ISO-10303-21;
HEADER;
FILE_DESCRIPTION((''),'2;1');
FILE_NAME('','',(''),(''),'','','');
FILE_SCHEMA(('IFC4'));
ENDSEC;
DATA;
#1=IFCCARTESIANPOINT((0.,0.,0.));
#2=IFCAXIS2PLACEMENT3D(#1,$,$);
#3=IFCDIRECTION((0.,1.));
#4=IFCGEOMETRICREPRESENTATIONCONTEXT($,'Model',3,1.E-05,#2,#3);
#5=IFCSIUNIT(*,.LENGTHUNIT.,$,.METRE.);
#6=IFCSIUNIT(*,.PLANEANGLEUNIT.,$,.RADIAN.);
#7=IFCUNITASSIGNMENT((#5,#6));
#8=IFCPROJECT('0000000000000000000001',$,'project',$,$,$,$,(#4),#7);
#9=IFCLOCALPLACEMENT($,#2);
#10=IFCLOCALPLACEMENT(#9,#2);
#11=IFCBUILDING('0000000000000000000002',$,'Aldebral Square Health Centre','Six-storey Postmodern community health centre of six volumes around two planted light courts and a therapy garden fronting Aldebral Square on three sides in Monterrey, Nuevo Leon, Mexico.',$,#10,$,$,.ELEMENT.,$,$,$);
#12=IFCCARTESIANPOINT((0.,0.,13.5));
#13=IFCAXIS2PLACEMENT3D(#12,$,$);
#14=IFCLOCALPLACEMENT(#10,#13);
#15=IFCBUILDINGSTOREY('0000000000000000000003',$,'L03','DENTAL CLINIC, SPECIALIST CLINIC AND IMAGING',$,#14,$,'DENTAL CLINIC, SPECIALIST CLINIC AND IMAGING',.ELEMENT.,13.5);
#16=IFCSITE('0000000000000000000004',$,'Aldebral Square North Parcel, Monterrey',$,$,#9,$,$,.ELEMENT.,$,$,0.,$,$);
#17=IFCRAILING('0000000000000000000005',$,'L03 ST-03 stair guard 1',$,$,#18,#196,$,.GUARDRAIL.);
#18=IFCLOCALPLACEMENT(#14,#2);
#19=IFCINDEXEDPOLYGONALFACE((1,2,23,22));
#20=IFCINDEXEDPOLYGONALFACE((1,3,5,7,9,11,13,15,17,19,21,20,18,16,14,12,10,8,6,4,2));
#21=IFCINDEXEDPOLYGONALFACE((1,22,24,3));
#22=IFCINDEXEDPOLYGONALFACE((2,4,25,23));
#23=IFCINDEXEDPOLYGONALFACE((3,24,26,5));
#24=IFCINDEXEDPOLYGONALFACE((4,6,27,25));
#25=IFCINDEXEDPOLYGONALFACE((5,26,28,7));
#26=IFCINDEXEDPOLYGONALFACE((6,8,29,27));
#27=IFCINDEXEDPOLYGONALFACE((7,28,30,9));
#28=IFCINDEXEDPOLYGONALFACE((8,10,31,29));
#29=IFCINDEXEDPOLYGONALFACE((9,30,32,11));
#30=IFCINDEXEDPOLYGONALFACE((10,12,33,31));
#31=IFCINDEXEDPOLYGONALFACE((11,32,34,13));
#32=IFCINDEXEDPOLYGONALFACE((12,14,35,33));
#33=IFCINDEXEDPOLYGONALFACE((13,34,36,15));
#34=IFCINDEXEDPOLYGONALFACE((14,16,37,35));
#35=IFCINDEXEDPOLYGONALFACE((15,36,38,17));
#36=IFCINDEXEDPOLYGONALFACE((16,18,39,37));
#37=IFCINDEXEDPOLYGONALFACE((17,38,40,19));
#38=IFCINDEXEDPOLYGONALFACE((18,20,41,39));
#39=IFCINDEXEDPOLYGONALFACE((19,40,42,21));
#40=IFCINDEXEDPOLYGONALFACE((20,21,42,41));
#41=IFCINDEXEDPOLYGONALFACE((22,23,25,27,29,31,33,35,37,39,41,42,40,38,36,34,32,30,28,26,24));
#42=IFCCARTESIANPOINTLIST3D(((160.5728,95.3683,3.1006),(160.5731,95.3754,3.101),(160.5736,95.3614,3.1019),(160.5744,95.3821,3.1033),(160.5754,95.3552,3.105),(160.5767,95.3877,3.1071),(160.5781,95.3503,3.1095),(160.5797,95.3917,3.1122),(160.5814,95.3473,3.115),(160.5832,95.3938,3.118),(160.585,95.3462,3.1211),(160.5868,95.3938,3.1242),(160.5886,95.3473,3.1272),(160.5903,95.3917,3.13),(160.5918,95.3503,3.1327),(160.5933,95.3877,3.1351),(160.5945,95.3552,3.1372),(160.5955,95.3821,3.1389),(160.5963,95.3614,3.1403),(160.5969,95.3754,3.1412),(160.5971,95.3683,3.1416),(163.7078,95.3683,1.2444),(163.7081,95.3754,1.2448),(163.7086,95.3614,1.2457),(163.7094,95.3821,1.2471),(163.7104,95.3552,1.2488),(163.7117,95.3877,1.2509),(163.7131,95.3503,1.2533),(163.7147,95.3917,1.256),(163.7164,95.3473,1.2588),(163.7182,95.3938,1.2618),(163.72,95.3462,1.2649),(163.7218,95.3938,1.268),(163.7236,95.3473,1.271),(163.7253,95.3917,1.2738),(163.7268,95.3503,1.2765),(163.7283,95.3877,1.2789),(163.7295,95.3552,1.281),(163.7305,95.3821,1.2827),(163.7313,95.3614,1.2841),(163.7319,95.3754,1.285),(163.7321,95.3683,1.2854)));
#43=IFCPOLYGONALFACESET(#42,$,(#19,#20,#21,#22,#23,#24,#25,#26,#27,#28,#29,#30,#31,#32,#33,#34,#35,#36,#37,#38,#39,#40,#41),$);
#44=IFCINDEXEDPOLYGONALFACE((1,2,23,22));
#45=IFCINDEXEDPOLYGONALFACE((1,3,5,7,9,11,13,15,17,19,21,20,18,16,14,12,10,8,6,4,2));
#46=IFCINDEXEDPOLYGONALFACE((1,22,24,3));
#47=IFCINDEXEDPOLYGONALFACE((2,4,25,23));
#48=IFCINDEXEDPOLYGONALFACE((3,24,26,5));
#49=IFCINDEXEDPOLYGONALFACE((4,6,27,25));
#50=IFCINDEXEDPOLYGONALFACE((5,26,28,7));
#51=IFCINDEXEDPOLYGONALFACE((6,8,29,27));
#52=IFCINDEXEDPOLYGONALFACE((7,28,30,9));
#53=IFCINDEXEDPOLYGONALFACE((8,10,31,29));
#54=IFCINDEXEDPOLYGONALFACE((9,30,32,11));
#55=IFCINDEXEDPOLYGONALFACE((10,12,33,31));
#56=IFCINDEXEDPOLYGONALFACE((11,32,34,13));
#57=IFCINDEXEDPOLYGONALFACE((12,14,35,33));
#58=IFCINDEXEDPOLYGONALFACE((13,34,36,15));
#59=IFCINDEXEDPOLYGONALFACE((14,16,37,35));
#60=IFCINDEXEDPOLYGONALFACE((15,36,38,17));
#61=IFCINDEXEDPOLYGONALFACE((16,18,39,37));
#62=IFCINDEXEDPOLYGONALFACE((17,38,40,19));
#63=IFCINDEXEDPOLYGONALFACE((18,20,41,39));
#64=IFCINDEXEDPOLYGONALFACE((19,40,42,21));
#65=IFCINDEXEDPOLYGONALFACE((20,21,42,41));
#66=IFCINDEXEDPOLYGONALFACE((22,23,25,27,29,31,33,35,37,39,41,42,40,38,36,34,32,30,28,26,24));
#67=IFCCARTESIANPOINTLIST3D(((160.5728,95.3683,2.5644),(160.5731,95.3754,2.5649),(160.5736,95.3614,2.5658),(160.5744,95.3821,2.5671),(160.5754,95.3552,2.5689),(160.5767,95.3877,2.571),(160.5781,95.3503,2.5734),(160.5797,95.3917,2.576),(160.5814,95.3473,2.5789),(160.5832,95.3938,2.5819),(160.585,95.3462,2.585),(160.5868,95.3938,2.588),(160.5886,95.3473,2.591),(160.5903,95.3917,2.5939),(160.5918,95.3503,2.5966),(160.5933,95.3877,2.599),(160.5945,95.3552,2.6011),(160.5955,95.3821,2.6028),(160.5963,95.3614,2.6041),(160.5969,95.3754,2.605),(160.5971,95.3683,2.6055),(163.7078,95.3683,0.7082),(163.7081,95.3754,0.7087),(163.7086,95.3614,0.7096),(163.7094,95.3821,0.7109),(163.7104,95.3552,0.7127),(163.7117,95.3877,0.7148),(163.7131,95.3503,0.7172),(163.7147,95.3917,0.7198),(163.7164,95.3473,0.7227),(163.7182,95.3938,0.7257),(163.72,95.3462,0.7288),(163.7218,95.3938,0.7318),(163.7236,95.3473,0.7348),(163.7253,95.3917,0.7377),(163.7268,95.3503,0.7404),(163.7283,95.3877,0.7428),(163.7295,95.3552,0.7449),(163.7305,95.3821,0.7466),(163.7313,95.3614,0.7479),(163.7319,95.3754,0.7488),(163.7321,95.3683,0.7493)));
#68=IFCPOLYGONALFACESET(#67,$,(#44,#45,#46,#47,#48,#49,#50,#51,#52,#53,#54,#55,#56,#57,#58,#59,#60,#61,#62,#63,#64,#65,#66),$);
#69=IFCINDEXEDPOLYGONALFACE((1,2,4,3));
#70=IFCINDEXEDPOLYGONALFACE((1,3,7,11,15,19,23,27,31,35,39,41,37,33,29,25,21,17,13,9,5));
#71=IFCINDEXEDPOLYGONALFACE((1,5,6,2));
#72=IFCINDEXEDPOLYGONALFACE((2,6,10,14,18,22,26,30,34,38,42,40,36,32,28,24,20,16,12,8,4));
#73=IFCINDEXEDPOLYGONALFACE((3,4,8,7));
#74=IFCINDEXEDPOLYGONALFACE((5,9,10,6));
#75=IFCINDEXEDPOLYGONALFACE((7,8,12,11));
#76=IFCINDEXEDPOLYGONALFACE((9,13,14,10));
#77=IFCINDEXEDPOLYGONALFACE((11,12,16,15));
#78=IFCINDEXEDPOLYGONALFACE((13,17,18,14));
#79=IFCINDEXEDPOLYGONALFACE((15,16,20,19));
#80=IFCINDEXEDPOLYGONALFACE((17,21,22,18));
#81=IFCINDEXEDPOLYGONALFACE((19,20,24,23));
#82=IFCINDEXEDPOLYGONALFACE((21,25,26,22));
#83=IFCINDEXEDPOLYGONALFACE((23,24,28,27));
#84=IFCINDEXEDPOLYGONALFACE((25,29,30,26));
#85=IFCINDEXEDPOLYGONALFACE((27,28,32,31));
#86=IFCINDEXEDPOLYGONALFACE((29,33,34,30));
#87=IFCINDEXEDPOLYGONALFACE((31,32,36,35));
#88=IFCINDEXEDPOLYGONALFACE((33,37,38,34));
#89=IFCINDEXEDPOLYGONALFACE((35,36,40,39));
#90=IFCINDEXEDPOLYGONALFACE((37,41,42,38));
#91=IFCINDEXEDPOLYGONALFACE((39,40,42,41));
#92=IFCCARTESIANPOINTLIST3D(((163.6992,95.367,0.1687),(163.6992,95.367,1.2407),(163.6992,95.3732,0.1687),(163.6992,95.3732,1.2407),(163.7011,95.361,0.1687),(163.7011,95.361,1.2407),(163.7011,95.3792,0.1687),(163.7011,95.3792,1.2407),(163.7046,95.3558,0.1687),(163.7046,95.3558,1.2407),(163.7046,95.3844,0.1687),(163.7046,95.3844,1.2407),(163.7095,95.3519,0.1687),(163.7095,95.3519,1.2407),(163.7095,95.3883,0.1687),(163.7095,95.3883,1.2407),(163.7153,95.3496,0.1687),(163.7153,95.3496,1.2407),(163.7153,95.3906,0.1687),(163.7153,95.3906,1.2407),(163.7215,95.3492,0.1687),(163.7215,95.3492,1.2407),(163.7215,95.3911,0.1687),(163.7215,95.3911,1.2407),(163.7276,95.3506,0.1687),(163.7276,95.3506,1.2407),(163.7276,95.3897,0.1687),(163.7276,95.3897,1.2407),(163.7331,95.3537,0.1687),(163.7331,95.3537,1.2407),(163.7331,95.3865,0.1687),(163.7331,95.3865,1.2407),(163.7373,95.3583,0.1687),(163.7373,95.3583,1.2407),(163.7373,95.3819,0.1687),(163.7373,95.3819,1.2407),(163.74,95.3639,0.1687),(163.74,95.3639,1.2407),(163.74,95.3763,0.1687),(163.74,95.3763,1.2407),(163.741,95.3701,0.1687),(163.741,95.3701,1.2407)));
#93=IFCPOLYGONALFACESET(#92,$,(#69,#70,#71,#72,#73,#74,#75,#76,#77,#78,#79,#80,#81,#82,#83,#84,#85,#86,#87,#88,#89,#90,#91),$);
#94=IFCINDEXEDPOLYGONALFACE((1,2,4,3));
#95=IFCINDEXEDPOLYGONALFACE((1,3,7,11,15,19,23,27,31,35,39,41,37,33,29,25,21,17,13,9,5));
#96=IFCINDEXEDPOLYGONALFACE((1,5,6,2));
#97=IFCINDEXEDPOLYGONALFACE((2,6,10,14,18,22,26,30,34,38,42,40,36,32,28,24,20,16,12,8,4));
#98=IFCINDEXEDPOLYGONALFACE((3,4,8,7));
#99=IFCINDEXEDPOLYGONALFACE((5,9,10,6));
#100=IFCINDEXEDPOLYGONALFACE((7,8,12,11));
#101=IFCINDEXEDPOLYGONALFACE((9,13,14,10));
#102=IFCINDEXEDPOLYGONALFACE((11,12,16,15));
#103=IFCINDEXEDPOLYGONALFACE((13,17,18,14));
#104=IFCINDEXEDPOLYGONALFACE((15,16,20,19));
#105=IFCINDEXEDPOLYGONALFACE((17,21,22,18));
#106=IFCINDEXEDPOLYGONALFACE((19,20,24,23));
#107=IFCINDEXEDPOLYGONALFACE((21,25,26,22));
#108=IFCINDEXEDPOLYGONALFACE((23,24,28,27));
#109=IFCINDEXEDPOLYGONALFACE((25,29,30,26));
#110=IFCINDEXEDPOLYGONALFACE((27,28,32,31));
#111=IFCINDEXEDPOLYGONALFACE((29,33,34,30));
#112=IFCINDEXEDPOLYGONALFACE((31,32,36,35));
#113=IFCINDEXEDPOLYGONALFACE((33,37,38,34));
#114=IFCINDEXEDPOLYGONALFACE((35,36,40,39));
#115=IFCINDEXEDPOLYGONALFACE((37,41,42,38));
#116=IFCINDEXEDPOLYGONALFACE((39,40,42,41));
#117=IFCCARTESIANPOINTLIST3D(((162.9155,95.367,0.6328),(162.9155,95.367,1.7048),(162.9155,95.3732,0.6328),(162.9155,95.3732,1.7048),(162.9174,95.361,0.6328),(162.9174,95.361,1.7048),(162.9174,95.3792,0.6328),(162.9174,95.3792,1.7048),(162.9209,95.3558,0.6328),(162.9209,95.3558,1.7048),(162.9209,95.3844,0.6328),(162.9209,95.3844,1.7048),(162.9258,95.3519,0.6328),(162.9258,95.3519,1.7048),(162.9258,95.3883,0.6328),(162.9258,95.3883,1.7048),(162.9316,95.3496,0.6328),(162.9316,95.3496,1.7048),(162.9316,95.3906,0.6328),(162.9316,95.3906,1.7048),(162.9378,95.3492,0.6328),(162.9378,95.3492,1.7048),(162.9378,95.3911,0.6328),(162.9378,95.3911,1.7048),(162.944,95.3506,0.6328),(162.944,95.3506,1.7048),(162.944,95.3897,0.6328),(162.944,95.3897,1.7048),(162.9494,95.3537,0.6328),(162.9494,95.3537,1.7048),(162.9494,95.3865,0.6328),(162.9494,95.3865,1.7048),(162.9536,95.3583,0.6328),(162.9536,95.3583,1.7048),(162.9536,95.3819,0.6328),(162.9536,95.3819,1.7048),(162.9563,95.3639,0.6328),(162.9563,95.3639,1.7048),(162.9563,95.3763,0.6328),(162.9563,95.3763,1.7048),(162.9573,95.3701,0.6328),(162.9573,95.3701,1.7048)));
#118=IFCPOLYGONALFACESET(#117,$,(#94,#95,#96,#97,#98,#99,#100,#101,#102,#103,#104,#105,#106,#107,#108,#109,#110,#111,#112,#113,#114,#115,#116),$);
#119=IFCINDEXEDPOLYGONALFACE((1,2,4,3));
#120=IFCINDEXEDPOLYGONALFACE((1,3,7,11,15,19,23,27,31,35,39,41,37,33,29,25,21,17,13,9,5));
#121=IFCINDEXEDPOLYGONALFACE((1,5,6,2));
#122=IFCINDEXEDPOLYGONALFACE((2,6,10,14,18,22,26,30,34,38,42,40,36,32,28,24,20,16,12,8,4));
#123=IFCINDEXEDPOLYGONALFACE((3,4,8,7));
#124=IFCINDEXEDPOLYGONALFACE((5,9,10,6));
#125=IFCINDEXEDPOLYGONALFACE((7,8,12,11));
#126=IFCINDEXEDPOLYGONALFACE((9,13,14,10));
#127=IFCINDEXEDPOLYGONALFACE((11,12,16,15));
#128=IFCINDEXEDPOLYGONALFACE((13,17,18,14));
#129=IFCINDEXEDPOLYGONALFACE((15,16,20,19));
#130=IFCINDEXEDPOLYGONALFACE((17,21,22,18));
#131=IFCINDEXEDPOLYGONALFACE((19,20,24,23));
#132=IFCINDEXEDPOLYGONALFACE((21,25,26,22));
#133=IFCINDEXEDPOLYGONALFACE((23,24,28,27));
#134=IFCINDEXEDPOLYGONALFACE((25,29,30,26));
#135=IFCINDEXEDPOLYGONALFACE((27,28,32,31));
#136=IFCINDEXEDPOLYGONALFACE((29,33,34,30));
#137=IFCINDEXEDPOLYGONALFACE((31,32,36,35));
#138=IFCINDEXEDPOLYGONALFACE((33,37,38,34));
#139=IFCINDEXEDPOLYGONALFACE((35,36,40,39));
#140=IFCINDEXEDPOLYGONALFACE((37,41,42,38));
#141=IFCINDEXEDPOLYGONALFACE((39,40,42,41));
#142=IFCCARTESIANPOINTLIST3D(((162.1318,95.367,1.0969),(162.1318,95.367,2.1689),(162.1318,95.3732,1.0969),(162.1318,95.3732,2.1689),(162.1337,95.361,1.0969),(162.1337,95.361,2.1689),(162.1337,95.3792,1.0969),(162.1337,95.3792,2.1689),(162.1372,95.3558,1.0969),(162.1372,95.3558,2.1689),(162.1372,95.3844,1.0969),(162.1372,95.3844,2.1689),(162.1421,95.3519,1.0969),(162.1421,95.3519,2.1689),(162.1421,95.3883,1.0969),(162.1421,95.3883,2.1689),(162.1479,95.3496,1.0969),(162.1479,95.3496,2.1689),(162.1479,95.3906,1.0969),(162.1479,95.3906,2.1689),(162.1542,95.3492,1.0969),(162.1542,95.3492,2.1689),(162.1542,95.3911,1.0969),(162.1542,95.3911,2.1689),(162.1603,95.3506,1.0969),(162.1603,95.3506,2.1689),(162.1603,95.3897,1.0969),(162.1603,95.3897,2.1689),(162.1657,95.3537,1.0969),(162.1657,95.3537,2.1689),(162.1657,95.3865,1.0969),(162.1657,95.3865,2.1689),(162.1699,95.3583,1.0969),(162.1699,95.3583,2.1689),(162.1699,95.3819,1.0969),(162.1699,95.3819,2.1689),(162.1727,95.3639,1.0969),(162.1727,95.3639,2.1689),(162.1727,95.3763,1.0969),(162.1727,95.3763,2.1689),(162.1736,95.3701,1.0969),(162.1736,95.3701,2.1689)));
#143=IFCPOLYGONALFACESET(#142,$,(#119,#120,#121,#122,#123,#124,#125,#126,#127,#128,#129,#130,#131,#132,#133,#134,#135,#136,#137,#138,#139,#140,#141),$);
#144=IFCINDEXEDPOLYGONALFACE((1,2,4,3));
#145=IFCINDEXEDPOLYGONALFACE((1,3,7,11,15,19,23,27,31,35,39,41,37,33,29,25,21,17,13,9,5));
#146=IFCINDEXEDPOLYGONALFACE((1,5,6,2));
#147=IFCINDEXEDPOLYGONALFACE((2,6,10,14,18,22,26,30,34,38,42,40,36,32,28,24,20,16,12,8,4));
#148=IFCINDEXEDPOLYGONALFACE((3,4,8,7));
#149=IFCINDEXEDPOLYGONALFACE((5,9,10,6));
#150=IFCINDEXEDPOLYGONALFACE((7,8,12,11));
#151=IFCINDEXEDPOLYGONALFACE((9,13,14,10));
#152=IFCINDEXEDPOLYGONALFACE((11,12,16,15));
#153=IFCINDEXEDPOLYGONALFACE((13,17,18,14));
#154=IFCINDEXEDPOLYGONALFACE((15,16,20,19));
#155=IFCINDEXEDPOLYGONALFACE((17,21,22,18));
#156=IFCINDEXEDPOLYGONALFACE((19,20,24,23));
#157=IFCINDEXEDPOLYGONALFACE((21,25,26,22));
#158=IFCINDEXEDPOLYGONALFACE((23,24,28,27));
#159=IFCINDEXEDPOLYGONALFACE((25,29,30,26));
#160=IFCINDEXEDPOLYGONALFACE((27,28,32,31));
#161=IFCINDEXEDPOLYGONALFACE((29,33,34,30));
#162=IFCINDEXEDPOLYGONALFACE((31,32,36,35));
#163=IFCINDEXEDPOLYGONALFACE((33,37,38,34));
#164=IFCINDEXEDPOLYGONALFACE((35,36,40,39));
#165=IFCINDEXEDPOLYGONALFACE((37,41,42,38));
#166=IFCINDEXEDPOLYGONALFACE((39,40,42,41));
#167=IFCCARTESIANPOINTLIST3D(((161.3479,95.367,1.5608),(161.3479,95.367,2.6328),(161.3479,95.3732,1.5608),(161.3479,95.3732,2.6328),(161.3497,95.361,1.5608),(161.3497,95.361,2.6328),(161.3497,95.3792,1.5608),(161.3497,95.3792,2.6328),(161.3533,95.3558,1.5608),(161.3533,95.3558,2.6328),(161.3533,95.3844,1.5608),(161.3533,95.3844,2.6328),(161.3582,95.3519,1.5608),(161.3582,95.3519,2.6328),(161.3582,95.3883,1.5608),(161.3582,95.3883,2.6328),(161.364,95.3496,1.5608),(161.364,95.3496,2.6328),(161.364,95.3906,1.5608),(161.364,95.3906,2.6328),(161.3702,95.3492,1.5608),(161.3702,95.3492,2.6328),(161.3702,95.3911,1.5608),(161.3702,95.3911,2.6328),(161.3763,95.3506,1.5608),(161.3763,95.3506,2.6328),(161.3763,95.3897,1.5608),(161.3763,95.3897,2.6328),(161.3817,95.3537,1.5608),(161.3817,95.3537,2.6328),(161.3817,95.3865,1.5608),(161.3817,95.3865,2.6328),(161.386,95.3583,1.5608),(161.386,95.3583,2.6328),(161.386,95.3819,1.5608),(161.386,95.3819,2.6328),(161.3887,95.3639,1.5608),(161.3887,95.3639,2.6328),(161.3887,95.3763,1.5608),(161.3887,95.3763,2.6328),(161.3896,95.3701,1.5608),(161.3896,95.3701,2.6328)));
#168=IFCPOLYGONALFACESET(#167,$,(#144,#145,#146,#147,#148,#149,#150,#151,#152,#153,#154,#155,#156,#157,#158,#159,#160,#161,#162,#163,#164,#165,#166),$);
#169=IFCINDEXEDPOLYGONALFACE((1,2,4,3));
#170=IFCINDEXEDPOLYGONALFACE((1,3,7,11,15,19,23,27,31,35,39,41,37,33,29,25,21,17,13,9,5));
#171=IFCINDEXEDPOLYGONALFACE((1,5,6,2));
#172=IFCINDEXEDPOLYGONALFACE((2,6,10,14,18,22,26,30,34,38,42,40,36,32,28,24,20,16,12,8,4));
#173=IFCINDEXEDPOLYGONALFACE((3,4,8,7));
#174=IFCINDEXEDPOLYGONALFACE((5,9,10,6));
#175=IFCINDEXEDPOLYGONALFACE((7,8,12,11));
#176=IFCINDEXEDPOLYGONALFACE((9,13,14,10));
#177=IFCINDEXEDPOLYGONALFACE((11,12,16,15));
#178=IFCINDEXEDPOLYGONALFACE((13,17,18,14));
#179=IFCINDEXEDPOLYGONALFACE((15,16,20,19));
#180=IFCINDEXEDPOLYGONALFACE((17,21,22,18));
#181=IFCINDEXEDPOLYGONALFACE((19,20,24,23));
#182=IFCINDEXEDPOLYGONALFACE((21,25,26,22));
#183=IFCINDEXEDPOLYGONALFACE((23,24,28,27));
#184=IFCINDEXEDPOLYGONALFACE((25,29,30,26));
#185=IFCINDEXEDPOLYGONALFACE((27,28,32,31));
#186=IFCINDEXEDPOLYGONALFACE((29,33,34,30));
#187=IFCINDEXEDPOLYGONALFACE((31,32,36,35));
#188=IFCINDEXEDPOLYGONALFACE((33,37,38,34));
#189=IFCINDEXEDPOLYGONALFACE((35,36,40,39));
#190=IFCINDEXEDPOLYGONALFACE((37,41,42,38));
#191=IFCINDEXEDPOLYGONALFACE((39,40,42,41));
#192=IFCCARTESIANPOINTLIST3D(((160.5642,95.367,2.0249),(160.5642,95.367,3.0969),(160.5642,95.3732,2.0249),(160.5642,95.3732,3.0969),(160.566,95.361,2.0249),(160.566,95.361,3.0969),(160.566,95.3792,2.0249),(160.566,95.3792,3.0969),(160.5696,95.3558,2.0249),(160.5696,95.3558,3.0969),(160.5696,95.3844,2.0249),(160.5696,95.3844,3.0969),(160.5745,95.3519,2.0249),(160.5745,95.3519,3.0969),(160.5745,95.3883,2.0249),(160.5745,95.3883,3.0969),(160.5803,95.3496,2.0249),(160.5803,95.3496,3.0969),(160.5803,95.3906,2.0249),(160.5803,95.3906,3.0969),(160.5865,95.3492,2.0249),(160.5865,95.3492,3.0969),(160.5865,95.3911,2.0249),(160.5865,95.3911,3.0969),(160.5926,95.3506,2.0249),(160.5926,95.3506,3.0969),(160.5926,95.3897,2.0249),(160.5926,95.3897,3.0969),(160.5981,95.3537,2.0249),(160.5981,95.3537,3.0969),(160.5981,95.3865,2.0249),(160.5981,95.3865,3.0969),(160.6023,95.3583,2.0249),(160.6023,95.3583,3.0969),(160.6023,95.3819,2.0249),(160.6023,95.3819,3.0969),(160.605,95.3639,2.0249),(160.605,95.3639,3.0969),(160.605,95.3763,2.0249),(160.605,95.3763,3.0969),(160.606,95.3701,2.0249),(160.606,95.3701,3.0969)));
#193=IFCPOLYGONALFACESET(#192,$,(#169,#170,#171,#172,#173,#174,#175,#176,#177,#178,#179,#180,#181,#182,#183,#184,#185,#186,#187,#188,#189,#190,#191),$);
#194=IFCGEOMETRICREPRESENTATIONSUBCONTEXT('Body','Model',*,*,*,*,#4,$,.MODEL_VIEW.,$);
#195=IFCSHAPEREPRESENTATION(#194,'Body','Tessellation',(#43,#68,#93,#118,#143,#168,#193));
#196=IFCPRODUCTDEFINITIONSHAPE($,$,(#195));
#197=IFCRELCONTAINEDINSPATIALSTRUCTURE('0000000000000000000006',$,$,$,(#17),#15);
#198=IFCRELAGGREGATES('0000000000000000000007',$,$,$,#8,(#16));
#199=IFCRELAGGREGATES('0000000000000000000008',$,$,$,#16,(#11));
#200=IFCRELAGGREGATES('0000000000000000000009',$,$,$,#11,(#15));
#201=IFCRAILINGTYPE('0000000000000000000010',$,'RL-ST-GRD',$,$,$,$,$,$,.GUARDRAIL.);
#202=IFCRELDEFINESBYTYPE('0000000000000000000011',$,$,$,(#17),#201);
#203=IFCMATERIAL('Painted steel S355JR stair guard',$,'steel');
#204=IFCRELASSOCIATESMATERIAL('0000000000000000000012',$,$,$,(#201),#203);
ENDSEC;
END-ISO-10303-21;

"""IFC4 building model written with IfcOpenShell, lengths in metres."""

from ifc_helpers import new_model, si_unit, direction, frame, origin, origin_2d, place, context, subcontext, project, spatial, circle, extrude, material, type_object, element, save


model = new_model("IFC4")

# Units and contexts
model_context = context("Model", 3, precision=1e-05, world=origin(), true_north=direction((0.0, 1.0)))
body_context = subcontext(model_context, "Body", "Model", "MODEL_VIEW")
ifc_project = project(units=[si_unit("LENGTHUNIT", "METRE"), si_unit("PLANEANGLEUNIT", "RADIAN")], contexts=[model_context])

# Site, building, storey
site_placement = place(None, origin())
site = spatial("IfcSite", under=ifc_project, at=site_placement, Name="Aldebral Square North Parcel, Monterrey", CompositionType="ELEMENT", RefElevation=0.0)
building_placement = place(site_placement, origin())
building = spatial("IfcBuilding", under=site, at=building_placement, Name="Aldebral Square Health Centre", Description="Six-storey Postmodern community health centre of six volumes around two planted light courts and a therapy garden fronting Aldebral Square on three sides in Monterrey, Nuevo Leon, Mexico.", CompositionType="ELEMENT")
storey_placement = place(building_placement, frame((0.0, 0.0, 13.5)))
storey = spatial("IfcBuildingStorey", under=building, at=storey_placement, Name="L03", Description="DENTAL CLINIC, SPECIALIST CLINIC AND IMAGING", LongName="DENTAL CLINIC, SPECIALIST CLINIC AND IMAGING", CompositionType="ELEMENT", Elevation=13.5)

# Railing
ifc_material_1 = material(Name="Painted steel S355JR stair guard", Category="steel")
railing_type_1 = type_object("IfcRailingType", Name="RL-ST-GRD", PredefinedType="GUARDRAIL", material=ifc_material_1)
railing_1_placement = place(storey_placement, frame((163.72, 95.3701, 0.1687)))
element("IfcRailing", 1, at=railing_1_placement, inside=storey, type_object=railing_type_1, Name="L03 ST-03 stair guard 1", PredefinedType="GUARDRAIL", context=body_context, shape_type="SweptSolid", body=[
    extrude(circle(Radius=0.0239, at=origin_2d()), frame((0.0, 0.0, 1.0962), z_axis=(-0.860482, 0.0, 0.509481), x_axis=(0.0, -1.0, 0.0)), (0.0, 0.0, 1.0), 3.6433),
    extrude(circle(Radius=0.0239, at=origin_2d()), frame((0.0, 0.0, 0.5601), z_axis=(-0.860482, 0.0, 0.509481), x_axis=(0.0, -1.0, 0.0)), (0.0, 0.0, 1.0), 3.6433),
    extrude(circle(Radius=0.021, at=origin_2d()), origin(), (0.0, 0.0, 1.0), 1.072),
    extrude(circle(Radius=0.021, at=origin_2d()), frame((-0.7837, 0.0, 0.4641)), (0.0, 0.0, 1.0), 1.072),
    extrude(circle(Radius=0.021, at=origin_2d()), frame((-1.5674, 0.0, 0.9282)), (0.0, 0.0, 1.0), 1.072),
    extrude(circle(Radius=0.021, at=origin_2d()), frame((-2.3513, 0.0, 1.3921)), (0.0, 0.0, 1.0), 1.072),
    extrude(circle(Radius=0.021, at=origin_2d()), frame((-3.135, 0.0, 1.8562)), (0.0, 0.0, 1.0), 1.072),
])

save(model, "model.ifc")
